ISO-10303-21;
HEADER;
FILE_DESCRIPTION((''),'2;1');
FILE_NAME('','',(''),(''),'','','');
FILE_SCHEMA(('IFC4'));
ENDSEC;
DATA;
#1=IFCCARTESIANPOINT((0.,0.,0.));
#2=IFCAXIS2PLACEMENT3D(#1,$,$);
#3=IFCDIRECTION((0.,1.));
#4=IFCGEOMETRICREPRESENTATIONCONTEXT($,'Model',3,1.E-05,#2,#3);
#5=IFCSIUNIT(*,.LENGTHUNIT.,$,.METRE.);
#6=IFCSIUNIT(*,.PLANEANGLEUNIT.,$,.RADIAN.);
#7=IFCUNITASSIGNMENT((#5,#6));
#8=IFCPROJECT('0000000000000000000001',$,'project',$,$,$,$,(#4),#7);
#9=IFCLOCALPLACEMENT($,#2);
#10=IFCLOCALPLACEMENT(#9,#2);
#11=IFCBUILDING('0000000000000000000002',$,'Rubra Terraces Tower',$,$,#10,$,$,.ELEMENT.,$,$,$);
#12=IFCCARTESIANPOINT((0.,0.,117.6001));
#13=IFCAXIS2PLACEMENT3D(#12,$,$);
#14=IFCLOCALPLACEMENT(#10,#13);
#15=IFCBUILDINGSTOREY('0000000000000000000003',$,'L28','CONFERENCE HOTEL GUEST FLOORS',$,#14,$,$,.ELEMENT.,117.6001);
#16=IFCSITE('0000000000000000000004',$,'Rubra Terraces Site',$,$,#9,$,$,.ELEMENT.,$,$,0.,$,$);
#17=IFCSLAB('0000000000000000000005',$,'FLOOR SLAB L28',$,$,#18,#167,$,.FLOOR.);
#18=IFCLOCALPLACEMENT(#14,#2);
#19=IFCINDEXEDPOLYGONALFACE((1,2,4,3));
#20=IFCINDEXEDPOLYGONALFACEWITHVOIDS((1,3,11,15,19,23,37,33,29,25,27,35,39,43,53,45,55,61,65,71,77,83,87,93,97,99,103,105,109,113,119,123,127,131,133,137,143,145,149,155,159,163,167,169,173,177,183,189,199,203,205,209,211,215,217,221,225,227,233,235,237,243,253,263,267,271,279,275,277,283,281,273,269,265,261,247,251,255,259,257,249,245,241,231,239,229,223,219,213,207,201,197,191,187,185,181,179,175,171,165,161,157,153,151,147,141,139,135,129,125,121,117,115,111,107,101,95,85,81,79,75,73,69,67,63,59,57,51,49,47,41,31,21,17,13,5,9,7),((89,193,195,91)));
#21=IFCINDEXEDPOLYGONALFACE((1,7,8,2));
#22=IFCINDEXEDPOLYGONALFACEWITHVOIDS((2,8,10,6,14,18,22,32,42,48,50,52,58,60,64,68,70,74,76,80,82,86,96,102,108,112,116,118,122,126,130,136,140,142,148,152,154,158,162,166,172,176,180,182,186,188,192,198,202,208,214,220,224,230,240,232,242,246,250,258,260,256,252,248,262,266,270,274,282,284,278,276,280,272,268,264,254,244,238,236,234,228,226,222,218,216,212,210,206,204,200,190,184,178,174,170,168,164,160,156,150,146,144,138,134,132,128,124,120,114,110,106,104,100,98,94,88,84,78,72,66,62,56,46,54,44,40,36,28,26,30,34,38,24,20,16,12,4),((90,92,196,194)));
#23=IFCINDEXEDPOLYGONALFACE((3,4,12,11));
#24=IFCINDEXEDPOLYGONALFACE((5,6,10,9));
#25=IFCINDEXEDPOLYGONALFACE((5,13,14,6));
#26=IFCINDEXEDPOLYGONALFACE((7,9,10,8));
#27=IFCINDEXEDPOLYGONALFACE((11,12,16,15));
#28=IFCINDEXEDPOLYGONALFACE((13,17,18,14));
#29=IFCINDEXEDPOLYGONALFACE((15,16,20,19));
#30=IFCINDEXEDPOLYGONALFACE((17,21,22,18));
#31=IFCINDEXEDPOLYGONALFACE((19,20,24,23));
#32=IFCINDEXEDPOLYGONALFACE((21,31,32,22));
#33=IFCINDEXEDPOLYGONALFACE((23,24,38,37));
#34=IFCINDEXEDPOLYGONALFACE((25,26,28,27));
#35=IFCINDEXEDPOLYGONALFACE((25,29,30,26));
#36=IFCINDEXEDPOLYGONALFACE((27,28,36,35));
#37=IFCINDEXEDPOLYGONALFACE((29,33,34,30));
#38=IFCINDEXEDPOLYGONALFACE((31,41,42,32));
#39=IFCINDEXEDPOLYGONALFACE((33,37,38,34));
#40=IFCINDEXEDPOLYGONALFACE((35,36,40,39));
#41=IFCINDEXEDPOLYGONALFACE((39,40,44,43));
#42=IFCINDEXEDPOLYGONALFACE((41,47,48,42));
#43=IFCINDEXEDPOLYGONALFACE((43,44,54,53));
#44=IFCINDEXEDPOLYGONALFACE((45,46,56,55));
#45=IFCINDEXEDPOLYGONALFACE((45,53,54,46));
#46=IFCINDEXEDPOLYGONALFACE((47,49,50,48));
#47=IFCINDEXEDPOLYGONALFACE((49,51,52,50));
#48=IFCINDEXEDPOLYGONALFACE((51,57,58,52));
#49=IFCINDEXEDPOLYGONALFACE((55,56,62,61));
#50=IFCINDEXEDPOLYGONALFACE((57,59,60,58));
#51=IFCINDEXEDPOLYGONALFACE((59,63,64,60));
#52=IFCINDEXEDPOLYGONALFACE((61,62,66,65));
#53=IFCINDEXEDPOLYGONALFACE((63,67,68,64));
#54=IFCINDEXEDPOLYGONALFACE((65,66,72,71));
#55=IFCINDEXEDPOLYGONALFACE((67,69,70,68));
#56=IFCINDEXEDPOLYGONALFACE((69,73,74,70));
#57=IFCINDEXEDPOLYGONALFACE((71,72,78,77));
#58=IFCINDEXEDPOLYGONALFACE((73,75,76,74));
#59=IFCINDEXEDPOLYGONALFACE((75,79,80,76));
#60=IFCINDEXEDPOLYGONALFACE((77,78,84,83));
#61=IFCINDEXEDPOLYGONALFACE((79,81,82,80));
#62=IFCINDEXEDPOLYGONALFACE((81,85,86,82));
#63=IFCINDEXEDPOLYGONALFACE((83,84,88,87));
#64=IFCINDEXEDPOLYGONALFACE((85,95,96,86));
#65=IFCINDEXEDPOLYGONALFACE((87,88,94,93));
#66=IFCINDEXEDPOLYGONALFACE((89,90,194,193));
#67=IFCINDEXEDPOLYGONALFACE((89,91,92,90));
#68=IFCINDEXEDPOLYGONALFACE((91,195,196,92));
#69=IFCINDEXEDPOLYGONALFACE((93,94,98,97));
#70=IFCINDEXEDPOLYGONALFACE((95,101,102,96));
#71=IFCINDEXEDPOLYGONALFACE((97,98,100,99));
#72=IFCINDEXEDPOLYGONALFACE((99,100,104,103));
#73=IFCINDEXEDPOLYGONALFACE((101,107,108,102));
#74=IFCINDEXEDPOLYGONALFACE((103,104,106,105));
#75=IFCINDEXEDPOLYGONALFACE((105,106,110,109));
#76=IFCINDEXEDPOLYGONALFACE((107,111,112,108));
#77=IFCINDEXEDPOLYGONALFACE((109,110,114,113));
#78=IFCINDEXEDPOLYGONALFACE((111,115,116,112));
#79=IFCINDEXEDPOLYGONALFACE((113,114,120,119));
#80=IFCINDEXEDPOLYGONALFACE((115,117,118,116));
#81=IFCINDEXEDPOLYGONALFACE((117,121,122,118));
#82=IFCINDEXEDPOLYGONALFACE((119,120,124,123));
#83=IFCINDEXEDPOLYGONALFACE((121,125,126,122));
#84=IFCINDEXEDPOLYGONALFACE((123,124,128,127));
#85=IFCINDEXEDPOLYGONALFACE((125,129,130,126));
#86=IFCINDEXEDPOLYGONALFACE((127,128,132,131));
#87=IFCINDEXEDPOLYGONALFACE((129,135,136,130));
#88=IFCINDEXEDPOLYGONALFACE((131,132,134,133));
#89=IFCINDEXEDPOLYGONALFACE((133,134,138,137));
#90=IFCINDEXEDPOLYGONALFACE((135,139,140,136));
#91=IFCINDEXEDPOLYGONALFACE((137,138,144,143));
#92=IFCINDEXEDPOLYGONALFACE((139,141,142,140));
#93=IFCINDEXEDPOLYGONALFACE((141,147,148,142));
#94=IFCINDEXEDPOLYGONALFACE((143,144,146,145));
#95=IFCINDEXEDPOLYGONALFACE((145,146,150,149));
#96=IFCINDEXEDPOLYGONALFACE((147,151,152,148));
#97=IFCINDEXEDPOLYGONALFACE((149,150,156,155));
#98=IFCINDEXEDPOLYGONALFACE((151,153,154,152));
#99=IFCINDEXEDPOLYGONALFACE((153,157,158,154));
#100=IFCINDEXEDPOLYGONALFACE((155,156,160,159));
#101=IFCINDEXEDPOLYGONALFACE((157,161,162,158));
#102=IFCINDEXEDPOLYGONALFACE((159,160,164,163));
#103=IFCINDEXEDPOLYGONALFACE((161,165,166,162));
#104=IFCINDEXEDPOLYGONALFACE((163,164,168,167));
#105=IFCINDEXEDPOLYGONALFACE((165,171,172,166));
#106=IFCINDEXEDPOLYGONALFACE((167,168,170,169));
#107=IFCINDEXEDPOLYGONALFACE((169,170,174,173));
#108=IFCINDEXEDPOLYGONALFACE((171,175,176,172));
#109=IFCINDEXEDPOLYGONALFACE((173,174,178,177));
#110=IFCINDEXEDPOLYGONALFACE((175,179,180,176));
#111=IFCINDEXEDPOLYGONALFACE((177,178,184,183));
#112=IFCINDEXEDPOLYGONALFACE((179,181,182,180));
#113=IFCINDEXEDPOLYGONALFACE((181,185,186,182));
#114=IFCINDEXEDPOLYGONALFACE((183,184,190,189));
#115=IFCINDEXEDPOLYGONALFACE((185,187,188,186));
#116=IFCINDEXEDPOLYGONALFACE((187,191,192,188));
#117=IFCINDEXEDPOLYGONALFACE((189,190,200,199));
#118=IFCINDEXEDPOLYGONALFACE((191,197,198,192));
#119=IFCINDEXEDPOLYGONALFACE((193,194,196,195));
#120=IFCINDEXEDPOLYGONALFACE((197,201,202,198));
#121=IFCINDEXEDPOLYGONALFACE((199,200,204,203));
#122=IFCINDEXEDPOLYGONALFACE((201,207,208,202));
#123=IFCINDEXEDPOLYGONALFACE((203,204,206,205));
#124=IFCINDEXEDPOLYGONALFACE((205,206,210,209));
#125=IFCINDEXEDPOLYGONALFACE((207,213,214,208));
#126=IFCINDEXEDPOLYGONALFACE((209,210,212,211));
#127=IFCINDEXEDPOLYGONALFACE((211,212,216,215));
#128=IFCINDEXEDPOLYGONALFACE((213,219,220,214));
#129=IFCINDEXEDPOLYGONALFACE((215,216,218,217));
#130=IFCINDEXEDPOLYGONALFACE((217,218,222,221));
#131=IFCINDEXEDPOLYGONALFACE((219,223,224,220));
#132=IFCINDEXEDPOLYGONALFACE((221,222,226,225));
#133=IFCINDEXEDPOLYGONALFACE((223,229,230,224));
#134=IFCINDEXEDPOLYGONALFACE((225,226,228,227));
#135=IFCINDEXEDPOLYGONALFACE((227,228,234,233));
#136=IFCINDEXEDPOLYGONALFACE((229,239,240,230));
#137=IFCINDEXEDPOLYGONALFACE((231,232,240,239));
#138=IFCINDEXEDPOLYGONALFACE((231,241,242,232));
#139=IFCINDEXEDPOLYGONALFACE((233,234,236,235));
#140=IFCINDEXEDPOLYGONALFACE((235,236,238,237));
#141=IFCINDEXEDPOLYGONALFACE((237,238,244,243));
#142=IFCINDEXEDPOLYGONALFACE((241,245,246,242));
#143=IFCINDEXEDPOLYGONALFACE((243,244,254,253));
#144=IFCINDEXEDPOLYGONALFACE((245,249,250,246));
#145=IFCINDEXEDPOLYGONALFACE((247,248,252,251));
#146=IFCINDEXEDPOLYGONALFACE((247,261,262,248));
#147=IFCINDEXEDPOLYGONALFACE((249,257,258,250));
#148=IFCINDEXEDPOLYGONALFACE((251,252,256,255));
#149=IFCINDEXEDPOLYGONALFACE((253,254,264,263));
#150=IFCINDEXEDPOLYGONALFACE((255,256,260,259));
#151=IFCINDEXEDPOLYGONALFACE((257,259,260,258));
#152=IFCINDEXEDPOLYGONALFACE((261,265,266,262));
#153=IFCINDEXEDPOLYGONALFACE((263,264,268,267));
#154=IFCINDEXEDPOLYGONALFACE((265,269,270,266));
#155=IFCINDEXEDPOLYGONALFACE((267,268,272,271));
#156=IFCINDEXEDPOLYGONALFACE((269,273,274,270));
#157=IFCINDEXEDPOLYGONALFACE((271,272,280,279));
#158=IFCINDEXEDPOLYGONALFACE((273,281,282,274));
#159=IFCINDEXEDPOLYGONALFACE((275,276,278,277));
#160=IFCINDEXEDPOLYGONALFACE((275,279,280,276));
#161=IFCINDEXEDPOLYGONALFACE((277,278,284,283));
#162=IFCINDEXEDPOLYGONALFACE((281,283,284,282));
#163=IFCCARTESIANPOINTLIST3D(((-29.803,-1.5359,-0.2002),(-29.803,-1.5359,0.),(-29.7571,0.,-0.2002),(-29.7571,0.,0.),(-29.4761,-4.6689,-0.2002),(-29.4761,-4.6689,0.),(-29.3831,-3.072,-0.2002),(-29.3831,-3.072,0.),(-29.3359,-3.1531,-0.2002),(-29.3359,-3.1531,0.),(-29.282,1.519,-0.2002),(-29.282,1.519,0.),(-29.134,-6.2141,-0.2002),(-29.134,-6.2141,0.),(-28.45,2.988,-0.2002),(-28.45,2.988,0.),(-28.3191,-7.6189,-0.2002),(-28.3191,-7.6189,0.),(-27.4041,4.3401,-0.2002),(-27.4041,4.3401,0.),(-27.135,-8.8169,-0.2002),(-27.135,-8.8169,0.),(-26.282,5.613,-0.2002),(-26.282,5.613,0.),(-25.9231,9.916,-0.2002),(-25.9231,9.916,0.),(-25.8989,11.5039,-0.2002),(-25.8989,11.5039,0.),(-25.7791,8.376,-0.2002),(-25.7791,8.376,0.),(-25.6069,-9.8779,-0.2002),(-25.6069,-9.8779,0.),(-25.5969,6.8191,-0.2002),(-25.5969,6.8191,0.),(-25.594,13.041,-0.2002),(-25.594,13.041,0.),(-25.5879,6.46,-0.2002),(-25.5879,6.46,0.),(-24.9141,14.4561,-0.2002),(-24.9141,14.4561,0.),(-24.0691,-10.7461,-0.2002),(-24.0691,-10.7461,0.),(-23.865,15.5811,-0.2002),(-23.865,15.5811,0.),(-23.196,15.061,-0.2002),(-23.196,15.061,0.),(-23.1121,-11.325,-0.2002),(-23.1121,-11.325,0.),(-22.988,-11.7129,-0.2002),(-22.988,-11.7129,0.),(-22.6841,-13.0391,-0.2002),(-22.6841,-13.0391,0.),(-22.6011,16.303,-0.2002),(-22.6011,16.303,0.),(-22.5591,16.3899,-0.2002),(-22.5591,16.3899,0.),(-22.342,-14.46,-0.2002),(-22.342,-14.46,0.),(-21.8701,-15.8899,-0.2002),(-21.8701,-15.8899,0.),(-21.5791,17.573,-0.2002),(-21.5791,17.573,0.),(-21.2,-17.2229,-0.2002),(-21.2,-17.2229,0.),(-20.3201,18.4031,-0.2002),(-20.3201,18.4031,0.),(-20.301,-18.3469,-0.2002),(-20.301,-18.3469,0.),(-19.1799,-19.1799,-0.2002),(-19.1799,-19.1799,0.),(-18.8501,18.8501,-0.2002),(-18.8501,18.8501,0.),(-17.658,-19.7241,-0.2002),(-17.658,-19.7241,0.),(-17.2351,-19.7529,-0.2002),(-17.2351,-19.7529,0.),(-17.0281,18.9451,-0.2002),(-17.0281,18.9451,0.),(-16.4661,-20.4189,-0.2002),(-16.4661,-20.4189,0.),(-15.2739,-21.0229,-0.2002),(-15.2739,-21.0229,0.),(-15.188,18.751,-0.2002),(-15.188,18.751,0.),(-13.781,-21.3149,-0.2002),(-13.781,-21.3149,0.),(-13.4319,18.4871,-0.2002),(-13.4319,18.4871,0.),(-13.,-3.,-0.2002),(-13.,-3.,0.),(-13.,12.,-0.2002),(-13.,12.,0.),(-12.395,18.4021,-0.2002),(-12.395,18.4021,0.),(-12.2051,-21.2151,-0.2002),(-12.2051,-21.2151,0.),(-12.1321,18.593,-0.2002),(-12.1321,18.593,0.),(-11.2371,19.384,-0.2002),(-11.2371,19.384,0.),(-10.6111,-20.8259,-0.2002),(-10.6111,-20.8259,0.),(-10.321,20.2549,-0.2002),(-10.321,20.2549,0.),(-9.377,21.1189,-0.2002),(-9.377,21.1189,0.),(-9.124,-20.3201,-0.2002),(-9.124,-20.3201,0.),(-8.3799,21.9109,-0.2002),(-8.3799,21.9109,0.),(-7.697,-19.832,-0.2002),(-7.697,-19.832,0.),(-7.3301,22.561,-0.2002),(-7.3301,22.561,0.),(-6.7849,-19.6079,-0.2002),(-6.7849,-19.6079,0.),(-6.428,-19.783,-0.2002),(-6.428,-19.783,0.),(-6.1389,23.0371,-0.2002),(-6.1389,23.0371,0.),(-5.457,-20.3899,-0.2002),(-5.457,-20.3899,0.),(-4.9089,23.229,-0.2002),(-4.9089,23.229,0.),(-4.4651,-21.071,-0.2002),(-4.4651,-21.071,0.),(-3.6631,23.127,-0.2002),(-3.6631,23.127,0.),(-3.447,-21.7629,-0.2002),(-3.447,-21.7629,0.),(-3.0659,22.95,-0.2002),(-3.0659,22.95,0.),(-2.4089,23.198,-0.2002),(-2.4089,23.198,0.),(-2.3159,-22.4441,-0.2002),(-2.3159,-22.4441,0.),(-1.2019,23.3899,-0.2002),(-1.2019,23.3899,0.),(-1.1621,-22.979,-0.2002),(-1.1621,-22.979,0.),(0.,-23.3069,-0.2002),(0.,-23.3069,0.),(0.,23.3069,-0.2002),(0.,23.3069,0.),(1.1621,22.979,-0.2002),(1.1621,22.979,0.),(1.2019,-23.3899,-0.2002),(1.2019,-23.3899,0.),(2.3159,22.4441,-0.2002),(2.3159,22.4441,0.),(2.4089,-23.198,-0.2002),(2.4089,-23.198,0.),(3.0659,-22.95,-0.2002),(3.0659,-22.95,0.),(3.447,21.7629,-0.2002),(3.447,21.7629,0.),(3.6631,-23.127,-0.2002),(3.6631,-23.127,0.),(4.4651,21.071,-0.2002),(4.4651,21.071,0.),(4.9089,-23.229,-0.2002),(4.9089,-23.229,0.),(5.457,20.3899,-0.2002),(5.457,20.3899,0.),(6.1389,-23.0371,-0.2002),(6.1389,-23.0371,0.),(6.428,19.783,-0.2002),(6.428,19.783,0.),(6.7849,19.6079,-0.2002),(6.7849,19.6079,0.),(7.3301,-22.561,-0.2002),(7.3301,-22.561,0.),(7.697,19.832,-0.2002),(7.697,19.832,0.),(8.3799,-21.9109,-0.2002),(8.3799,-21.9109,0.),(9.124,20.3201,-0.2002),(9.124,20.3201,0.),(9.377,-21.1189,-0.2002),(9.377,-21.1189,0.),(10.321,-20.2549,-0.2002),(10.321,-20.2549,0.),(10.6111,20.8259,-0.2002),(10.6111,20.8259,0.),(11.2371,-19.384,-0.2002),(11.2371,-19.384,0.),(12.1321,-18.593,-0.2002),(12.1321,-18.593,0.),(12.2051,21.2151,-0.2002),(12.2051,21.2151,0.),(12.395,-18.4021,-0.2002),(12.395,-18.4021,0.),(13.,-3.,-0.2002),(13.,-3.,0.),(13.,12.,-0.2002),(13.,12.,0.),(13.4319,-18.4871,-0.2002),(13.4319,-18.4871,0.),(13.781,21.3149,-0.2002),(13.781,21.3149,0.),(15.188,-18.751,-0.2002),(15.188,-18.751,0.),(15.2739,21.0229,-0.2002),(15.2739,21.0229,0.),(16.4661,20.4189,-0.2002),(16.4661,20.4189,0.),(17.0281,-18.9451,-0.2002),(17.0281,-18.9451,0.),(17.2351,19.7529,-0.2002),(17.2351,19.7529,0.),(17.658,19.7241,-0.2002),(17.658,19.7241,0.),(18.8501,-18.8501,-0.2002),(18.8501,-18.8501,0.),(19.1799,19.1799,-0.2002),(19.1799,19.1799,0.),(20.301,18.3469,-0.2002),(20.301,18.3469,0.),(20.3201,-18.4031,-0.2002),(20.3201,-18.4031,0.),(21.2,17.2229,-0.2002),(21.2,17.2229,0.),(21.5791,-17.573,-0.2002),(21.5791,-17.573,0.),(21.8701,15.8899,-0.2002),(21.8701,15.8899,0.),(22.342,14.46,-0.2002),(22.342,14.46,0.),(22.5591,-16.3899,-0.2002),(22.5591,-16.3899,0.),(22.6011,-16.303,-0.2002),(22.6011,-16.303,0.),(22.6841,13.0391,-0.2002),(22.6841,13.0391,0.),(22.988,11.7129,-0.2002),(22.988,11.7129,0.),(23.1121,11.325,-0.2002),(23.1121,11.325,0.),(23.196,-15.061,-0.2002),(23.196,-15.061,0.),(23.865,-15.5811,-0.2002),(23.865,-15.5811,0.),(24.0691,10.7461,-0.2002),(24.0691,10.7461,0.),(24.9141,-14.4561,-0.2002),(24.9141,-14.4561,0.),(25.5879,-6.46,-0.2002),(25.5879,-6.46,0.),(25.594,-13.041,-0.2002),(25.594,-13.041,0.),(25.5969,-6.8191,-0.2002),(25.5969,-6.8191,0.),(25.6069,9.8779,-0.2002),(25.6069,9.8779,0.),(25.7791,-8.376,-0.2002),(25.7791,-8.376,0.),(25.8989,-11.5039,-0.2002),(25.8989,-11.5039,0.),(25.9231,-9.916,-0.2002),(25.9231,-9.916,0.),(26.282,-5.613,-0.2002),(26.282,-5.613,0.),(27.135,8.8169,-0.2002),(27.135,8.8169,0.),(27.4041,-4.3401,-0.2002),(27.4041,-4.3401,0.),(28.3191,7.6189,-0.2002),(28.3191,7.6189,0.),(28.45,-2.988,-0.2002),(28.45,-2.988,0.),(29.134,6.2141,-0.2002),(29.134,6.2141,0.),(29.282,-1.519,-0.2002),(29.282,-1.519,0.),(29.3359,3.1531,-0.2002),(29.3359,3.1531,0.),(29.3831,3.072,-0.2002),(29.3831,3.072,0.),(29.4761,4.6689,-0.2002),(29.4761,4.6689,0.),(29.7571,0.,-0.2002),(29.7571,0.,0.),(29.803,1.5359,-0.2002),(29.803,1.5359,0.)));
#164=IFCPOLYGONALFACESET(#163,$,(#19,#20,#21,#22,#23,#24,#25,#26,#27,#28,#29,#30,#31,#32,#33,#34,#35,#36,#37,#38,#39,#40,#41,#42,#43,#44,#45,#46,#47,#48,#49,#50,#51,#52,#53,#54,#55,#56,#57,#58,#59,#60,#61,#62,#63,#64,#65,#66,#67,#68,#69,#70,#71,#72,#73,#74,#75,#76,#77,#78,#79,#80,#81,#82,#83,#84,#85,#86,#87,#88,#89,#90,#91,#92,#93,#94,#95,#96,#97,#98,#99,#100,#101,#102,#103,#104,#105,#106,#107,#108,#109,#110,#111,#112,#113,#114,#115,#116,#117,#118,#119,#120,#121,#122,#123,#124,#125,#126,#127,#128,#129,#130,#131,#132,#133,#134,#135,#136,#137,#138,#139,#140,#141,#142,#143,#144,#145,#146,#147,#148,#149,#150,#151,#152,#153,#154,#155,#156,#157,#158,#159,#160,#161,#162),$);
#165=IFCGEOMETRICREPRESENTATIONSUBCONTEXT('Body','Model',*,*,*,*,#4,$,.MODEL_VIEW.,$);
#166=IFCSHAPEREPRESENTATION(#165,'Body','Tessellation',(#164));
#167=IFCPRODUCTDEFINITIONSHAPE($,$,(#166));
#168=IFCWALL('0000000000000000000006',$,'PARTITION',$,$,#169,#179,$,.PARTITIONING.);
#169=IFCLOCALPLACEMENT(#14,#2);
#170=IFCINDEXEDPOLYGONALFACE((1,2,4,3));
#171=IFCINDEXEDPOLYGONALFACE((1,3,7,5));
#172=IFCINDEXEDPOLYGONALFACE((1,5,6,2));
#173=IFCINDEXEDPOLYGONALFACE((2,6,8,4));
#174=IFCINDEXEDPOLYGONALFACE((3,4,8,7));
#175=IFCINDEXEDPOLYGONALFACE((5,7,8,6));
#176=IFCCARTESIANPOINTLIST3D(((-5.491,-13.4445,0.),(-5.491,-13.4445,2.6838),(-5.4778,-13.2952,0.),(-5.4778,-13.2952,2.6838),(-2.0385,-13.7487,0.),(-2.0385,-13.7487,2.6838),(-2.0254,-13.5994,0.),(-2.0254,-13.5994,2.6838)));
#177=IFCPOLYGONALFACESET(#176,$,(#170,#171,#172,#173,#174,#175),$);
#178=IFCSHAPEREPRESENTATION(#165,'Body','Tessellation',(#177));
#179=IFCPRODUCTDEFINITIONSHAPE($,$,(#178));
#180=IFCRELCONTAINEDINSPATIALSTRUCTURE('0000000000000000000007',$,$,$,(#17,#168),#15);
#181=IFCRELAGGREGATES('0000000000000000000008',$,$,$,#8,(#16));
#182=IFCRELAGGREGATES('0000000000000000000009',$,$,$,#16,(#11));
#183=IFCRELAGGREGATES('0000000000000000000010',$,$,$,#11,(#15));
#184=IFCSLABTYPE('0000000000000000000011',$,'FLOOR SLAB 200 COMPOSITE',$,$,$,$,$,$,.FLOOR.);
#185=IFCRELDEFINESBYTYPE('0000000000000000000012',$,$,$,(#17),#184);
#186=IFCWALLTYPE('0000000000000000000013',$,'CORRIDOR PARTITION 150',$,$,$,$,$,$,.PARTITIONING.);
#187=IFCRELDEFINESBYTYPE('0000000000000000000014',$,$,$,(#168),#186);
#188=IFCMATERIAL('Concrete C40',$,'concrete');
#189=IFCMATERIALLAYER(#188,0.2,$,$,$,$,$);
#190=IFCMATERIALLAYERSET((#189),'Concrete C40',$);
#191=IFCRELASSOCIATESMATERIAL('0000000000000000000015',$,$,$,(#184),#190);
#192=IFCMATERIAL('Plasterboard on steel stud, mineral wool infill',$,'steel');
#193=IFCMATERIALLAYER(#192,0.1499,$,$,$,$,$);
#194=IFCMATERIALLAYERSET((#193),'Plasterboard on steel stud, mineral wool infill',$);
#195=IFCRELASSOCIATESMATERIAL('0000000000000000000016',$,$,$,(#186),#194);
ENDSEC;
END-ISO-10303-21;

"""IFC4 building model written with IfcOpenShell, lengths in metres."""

from ifc_helpers import new_model, si_unit, direction, frame, frame_2d, origin, place, context, subcontext, project, spatial, polyline, rectangle, outline, extrude, material, layer, layer_set, type_object, element, save


model = new_model("IFC4")

# Units and contexts
model_context = context("Model", 3, precision=1e-05, world=origin(), true_north=direction((0.0, 1.0)))
body_context = subcontext(model_context, "Body", "Model", "MODEL_VIEW")
ifc_project = project(units=[si_unit("LENGTHUNIT", "METRE"), si_unit("PLANEANGLEUNIT", "RADIAN")], contexts=[model_context])

# Site, building, storey
site_placement = place(None, origin())
site = spatial("IfcSite", under=ifc_project, at=site_placement, Name="Rubra Terraces Site", CompositionType="ELEMENT", RefElevation=0.0)
building_placement = place(site_placement, origin())
building = spatial("IfcBuilding", under=site, at=building_placement, Name="Rubra Terraces Tower", CompositionType="ELEMENT")
storey_placement = place(building_placement, frame((0.0, 0.0, 117.6001)))
storey = spatial("IfcBuildingStorey", under=building, at=storey_placement, Name="L28", Description="CONFERENCE HOTEL GUEST FLOORS", CompositionType="ELEMENT", Elevation=117.6001)

# Slab
ifc_material_1 = material(Name="Concrete C40", Category="concrete")
ifc_layer_1 = layer(ifc_material_1, 0.2)
ifc_layer_set_1 = layer_set([ifc_layer_1], Name="Concrete C40")
slab_type = type_object("IfcSlabType", Name="FLOOR SLAB 200 COMPOSITE", PredefinedType="FLOOR", material=ifc_layer_set_1)
slab_placement = place(storey_placement, frame((0.0, 0.0, -0.2002)))
element("IfcSlab", 1, at=slab_placement, inside=storey, type_object=slab_type, Name="FLOOR SLAB L28", PredefinedType="FLOOR", context=body_context, shape_type="SweptSolid", body=[
    extrude(outline(polyline([(24.0691, 10.7461), (23.1121, 11.325), (22.988, 11.7129), (22.6841, 13.0391), (22.342, 14.46), (21.8701, 15.8899), (21.2, 17.2229), (20.301, 18.3469), (19.1799, 19.1799), (17.658, 19.7241), (17.2351, 19.7529), (16.4661, 20.4189), (15.2739, 21.0229), (13.781, 21.3149), (12.2051, 21.2151), (10.6111, 20.8259), (9.124, 20.3201), (7.697, 19.832), (6.7849, 19.6079), (6.428, 19.783), (5.457, 20.3899), (4.4651, 21.071), (3.447, 21.7629), (2.3159, 22.4441), (1.1621, 22.979), (0.0, 23.3069), (-1.2019, 23.3899), (-2.4089, 23.198), (-3.0659, 22.95), (-3.6631, 23.127), (-4.9089, 23.229), (-6.1389, 23.0371), (-7.3301, 22.561), (-8.3799, 21.9109), (-9.377, 21.1189), (-10.321, 20.2549), (-11.2371, 19.384), (-12.1321, 18.593), (-12.395, 18.4021), (-13.4319, 18.4871), (-15.188, 18.751), (-17.0281, 18.9451), (-18.8501, 18.8501), (-20.3201, 18.4031), (-21.5791, 17.573), (-22.5591, 16.3899), (-23.196, 15.061), (-22.6011, 16.303), (-23.865, 15.5811), (-24.9141, 14.4561), (-25.594, 13.041), (-25.8989, 11.5039), (-25.9231, 9.916), (-25.7791, 8.376), (-25.5969, 6.8191), (-25.5879, 6.46), (-26.282, 5.613), (-27.4041, 4.3401), (-28.45, 2.988), (-29.282, 1.519), (-29.7571, 0.0), (-29.803, -1.5359), (-29.3831, -3.072), (-29.3359, -3.1531), (-29.4761, -4.6689), (-29.134, -6.2141), (-28.3191, -7.6189), (-27.135, -8.8169), (-25.6069, -9.8779), (-24.0691, -10.7461), (-23.1121, -11.325), (-22.988, -11.7129), (-22.6841, -13.0391), (-22.342, -14.46), (-21.8701, -15.8899), (-21.2, -17.2229), (-20.301, -18.3469), (-19.1799, -19.1799), (-17.658, -19.7241), (-17.2351, -19.7529), (-16.4661, -20.4189), (-15.2739, -21.0229), (-13.781, -21.3149), (-12.2051, -21.2151), (-10.6111, -20.8259), (-9.124, -20.3201), (-7.697, -19.832), (-6.7849, -19.6079), (-6.428, -19.783), (-5.457, -20.3899), (-4.4651, -21.071), (-3.447, -21.7629), (-2.3159, -22.4441), (-1.1621, -22.979), (0.0, -23.3069), (1.2019, -23.3899), (2.4089, -23.198), (3.0659, -22.95), (3.6631, -23.127), (4.9089, -23.229), (6.1389, -23.0371), (7.3301, -22.561), (8.3799, -21.9109), (9.377, -21.1189), (10.321, -20.2549), (11.2371, -19.384), (12.1321, -18.593), (12.395, -18.4021), (13.4319, -18.4871), (15.188, -18.751), (17.0281, -18.9451), (18.8501, -18.8501), (20.3201, -18.4031), (21.5791, -17.573), (22.5591, -16.3899), (23.196, -15.061), (22.6011, -16.303), (23.865, -15.5811), (24.9141, -14.4561), (25.594, -13.041), (25.8989, -11.5039), (25.9231, -9.916), (25.7791, -8.376), (25.5969, -6.8191), (25.5879, -6.46), (26.282, -5.613), (27.4041, -4.3401), (28.45, -2.988), (29.282, -1.519), (29.7571, 0.0), (29.803, 1.5359), (29.3831, 3.072), (29.3359, 3.1531), (29.4761, 4.6689), (29.134, 6.2141), (28.3191, 7.6189), (27.135, 8.8169), (25.6069, 9.8779), (24.0691, 10.7461)]), holes=[polyline([(13.0, 12.0), (13.0, -3.0), (-13.0, -3.0), (-13.0, 12.0), (13.0, 12.0)])]), origin(), (0.0, 0.0, 1.0), 0.2002),
])

# Wall
ifc_material_2 = material(Name="Plasterboard on steel stud, mineral wool infill", Category="steel")
ifc_layer_2 = layer(ifc_material_2, 0.1499)
ifc_layer_set_2 = layer_set([ifc_layer_2], Name="Plasterboard on steel stud, mineral wool infill")
wall_type_1 = type_object("IfcWallType", Name="CORRIDOR PARTITION 150", PredefinedType="PARTITIONING", material=ifc_layer_set_2)
wall_1_placement = place(storey_placement, frame((-5.4844, -13.3699, 0.0), z_axis=(0.0, 0.0, 1.0), x_axis=(0.996141, -0.087773, 0.0)))
element("IfcWall", 2, at=wall_1_placement, inside=storey, type_object=wall_type_1, Name="PARTITION", PredefinedType="PARTITIONING", context=body_context, shape_type="SweptSolid", body=[
    extrude(rectangle(XDim=3.4658, YDim=0.1499, at=frame_2d((1.7329, 0.0))), origin(), (0.0, 0.0, 1.0), 2.6838),
])

save(model, "model.ifc")
